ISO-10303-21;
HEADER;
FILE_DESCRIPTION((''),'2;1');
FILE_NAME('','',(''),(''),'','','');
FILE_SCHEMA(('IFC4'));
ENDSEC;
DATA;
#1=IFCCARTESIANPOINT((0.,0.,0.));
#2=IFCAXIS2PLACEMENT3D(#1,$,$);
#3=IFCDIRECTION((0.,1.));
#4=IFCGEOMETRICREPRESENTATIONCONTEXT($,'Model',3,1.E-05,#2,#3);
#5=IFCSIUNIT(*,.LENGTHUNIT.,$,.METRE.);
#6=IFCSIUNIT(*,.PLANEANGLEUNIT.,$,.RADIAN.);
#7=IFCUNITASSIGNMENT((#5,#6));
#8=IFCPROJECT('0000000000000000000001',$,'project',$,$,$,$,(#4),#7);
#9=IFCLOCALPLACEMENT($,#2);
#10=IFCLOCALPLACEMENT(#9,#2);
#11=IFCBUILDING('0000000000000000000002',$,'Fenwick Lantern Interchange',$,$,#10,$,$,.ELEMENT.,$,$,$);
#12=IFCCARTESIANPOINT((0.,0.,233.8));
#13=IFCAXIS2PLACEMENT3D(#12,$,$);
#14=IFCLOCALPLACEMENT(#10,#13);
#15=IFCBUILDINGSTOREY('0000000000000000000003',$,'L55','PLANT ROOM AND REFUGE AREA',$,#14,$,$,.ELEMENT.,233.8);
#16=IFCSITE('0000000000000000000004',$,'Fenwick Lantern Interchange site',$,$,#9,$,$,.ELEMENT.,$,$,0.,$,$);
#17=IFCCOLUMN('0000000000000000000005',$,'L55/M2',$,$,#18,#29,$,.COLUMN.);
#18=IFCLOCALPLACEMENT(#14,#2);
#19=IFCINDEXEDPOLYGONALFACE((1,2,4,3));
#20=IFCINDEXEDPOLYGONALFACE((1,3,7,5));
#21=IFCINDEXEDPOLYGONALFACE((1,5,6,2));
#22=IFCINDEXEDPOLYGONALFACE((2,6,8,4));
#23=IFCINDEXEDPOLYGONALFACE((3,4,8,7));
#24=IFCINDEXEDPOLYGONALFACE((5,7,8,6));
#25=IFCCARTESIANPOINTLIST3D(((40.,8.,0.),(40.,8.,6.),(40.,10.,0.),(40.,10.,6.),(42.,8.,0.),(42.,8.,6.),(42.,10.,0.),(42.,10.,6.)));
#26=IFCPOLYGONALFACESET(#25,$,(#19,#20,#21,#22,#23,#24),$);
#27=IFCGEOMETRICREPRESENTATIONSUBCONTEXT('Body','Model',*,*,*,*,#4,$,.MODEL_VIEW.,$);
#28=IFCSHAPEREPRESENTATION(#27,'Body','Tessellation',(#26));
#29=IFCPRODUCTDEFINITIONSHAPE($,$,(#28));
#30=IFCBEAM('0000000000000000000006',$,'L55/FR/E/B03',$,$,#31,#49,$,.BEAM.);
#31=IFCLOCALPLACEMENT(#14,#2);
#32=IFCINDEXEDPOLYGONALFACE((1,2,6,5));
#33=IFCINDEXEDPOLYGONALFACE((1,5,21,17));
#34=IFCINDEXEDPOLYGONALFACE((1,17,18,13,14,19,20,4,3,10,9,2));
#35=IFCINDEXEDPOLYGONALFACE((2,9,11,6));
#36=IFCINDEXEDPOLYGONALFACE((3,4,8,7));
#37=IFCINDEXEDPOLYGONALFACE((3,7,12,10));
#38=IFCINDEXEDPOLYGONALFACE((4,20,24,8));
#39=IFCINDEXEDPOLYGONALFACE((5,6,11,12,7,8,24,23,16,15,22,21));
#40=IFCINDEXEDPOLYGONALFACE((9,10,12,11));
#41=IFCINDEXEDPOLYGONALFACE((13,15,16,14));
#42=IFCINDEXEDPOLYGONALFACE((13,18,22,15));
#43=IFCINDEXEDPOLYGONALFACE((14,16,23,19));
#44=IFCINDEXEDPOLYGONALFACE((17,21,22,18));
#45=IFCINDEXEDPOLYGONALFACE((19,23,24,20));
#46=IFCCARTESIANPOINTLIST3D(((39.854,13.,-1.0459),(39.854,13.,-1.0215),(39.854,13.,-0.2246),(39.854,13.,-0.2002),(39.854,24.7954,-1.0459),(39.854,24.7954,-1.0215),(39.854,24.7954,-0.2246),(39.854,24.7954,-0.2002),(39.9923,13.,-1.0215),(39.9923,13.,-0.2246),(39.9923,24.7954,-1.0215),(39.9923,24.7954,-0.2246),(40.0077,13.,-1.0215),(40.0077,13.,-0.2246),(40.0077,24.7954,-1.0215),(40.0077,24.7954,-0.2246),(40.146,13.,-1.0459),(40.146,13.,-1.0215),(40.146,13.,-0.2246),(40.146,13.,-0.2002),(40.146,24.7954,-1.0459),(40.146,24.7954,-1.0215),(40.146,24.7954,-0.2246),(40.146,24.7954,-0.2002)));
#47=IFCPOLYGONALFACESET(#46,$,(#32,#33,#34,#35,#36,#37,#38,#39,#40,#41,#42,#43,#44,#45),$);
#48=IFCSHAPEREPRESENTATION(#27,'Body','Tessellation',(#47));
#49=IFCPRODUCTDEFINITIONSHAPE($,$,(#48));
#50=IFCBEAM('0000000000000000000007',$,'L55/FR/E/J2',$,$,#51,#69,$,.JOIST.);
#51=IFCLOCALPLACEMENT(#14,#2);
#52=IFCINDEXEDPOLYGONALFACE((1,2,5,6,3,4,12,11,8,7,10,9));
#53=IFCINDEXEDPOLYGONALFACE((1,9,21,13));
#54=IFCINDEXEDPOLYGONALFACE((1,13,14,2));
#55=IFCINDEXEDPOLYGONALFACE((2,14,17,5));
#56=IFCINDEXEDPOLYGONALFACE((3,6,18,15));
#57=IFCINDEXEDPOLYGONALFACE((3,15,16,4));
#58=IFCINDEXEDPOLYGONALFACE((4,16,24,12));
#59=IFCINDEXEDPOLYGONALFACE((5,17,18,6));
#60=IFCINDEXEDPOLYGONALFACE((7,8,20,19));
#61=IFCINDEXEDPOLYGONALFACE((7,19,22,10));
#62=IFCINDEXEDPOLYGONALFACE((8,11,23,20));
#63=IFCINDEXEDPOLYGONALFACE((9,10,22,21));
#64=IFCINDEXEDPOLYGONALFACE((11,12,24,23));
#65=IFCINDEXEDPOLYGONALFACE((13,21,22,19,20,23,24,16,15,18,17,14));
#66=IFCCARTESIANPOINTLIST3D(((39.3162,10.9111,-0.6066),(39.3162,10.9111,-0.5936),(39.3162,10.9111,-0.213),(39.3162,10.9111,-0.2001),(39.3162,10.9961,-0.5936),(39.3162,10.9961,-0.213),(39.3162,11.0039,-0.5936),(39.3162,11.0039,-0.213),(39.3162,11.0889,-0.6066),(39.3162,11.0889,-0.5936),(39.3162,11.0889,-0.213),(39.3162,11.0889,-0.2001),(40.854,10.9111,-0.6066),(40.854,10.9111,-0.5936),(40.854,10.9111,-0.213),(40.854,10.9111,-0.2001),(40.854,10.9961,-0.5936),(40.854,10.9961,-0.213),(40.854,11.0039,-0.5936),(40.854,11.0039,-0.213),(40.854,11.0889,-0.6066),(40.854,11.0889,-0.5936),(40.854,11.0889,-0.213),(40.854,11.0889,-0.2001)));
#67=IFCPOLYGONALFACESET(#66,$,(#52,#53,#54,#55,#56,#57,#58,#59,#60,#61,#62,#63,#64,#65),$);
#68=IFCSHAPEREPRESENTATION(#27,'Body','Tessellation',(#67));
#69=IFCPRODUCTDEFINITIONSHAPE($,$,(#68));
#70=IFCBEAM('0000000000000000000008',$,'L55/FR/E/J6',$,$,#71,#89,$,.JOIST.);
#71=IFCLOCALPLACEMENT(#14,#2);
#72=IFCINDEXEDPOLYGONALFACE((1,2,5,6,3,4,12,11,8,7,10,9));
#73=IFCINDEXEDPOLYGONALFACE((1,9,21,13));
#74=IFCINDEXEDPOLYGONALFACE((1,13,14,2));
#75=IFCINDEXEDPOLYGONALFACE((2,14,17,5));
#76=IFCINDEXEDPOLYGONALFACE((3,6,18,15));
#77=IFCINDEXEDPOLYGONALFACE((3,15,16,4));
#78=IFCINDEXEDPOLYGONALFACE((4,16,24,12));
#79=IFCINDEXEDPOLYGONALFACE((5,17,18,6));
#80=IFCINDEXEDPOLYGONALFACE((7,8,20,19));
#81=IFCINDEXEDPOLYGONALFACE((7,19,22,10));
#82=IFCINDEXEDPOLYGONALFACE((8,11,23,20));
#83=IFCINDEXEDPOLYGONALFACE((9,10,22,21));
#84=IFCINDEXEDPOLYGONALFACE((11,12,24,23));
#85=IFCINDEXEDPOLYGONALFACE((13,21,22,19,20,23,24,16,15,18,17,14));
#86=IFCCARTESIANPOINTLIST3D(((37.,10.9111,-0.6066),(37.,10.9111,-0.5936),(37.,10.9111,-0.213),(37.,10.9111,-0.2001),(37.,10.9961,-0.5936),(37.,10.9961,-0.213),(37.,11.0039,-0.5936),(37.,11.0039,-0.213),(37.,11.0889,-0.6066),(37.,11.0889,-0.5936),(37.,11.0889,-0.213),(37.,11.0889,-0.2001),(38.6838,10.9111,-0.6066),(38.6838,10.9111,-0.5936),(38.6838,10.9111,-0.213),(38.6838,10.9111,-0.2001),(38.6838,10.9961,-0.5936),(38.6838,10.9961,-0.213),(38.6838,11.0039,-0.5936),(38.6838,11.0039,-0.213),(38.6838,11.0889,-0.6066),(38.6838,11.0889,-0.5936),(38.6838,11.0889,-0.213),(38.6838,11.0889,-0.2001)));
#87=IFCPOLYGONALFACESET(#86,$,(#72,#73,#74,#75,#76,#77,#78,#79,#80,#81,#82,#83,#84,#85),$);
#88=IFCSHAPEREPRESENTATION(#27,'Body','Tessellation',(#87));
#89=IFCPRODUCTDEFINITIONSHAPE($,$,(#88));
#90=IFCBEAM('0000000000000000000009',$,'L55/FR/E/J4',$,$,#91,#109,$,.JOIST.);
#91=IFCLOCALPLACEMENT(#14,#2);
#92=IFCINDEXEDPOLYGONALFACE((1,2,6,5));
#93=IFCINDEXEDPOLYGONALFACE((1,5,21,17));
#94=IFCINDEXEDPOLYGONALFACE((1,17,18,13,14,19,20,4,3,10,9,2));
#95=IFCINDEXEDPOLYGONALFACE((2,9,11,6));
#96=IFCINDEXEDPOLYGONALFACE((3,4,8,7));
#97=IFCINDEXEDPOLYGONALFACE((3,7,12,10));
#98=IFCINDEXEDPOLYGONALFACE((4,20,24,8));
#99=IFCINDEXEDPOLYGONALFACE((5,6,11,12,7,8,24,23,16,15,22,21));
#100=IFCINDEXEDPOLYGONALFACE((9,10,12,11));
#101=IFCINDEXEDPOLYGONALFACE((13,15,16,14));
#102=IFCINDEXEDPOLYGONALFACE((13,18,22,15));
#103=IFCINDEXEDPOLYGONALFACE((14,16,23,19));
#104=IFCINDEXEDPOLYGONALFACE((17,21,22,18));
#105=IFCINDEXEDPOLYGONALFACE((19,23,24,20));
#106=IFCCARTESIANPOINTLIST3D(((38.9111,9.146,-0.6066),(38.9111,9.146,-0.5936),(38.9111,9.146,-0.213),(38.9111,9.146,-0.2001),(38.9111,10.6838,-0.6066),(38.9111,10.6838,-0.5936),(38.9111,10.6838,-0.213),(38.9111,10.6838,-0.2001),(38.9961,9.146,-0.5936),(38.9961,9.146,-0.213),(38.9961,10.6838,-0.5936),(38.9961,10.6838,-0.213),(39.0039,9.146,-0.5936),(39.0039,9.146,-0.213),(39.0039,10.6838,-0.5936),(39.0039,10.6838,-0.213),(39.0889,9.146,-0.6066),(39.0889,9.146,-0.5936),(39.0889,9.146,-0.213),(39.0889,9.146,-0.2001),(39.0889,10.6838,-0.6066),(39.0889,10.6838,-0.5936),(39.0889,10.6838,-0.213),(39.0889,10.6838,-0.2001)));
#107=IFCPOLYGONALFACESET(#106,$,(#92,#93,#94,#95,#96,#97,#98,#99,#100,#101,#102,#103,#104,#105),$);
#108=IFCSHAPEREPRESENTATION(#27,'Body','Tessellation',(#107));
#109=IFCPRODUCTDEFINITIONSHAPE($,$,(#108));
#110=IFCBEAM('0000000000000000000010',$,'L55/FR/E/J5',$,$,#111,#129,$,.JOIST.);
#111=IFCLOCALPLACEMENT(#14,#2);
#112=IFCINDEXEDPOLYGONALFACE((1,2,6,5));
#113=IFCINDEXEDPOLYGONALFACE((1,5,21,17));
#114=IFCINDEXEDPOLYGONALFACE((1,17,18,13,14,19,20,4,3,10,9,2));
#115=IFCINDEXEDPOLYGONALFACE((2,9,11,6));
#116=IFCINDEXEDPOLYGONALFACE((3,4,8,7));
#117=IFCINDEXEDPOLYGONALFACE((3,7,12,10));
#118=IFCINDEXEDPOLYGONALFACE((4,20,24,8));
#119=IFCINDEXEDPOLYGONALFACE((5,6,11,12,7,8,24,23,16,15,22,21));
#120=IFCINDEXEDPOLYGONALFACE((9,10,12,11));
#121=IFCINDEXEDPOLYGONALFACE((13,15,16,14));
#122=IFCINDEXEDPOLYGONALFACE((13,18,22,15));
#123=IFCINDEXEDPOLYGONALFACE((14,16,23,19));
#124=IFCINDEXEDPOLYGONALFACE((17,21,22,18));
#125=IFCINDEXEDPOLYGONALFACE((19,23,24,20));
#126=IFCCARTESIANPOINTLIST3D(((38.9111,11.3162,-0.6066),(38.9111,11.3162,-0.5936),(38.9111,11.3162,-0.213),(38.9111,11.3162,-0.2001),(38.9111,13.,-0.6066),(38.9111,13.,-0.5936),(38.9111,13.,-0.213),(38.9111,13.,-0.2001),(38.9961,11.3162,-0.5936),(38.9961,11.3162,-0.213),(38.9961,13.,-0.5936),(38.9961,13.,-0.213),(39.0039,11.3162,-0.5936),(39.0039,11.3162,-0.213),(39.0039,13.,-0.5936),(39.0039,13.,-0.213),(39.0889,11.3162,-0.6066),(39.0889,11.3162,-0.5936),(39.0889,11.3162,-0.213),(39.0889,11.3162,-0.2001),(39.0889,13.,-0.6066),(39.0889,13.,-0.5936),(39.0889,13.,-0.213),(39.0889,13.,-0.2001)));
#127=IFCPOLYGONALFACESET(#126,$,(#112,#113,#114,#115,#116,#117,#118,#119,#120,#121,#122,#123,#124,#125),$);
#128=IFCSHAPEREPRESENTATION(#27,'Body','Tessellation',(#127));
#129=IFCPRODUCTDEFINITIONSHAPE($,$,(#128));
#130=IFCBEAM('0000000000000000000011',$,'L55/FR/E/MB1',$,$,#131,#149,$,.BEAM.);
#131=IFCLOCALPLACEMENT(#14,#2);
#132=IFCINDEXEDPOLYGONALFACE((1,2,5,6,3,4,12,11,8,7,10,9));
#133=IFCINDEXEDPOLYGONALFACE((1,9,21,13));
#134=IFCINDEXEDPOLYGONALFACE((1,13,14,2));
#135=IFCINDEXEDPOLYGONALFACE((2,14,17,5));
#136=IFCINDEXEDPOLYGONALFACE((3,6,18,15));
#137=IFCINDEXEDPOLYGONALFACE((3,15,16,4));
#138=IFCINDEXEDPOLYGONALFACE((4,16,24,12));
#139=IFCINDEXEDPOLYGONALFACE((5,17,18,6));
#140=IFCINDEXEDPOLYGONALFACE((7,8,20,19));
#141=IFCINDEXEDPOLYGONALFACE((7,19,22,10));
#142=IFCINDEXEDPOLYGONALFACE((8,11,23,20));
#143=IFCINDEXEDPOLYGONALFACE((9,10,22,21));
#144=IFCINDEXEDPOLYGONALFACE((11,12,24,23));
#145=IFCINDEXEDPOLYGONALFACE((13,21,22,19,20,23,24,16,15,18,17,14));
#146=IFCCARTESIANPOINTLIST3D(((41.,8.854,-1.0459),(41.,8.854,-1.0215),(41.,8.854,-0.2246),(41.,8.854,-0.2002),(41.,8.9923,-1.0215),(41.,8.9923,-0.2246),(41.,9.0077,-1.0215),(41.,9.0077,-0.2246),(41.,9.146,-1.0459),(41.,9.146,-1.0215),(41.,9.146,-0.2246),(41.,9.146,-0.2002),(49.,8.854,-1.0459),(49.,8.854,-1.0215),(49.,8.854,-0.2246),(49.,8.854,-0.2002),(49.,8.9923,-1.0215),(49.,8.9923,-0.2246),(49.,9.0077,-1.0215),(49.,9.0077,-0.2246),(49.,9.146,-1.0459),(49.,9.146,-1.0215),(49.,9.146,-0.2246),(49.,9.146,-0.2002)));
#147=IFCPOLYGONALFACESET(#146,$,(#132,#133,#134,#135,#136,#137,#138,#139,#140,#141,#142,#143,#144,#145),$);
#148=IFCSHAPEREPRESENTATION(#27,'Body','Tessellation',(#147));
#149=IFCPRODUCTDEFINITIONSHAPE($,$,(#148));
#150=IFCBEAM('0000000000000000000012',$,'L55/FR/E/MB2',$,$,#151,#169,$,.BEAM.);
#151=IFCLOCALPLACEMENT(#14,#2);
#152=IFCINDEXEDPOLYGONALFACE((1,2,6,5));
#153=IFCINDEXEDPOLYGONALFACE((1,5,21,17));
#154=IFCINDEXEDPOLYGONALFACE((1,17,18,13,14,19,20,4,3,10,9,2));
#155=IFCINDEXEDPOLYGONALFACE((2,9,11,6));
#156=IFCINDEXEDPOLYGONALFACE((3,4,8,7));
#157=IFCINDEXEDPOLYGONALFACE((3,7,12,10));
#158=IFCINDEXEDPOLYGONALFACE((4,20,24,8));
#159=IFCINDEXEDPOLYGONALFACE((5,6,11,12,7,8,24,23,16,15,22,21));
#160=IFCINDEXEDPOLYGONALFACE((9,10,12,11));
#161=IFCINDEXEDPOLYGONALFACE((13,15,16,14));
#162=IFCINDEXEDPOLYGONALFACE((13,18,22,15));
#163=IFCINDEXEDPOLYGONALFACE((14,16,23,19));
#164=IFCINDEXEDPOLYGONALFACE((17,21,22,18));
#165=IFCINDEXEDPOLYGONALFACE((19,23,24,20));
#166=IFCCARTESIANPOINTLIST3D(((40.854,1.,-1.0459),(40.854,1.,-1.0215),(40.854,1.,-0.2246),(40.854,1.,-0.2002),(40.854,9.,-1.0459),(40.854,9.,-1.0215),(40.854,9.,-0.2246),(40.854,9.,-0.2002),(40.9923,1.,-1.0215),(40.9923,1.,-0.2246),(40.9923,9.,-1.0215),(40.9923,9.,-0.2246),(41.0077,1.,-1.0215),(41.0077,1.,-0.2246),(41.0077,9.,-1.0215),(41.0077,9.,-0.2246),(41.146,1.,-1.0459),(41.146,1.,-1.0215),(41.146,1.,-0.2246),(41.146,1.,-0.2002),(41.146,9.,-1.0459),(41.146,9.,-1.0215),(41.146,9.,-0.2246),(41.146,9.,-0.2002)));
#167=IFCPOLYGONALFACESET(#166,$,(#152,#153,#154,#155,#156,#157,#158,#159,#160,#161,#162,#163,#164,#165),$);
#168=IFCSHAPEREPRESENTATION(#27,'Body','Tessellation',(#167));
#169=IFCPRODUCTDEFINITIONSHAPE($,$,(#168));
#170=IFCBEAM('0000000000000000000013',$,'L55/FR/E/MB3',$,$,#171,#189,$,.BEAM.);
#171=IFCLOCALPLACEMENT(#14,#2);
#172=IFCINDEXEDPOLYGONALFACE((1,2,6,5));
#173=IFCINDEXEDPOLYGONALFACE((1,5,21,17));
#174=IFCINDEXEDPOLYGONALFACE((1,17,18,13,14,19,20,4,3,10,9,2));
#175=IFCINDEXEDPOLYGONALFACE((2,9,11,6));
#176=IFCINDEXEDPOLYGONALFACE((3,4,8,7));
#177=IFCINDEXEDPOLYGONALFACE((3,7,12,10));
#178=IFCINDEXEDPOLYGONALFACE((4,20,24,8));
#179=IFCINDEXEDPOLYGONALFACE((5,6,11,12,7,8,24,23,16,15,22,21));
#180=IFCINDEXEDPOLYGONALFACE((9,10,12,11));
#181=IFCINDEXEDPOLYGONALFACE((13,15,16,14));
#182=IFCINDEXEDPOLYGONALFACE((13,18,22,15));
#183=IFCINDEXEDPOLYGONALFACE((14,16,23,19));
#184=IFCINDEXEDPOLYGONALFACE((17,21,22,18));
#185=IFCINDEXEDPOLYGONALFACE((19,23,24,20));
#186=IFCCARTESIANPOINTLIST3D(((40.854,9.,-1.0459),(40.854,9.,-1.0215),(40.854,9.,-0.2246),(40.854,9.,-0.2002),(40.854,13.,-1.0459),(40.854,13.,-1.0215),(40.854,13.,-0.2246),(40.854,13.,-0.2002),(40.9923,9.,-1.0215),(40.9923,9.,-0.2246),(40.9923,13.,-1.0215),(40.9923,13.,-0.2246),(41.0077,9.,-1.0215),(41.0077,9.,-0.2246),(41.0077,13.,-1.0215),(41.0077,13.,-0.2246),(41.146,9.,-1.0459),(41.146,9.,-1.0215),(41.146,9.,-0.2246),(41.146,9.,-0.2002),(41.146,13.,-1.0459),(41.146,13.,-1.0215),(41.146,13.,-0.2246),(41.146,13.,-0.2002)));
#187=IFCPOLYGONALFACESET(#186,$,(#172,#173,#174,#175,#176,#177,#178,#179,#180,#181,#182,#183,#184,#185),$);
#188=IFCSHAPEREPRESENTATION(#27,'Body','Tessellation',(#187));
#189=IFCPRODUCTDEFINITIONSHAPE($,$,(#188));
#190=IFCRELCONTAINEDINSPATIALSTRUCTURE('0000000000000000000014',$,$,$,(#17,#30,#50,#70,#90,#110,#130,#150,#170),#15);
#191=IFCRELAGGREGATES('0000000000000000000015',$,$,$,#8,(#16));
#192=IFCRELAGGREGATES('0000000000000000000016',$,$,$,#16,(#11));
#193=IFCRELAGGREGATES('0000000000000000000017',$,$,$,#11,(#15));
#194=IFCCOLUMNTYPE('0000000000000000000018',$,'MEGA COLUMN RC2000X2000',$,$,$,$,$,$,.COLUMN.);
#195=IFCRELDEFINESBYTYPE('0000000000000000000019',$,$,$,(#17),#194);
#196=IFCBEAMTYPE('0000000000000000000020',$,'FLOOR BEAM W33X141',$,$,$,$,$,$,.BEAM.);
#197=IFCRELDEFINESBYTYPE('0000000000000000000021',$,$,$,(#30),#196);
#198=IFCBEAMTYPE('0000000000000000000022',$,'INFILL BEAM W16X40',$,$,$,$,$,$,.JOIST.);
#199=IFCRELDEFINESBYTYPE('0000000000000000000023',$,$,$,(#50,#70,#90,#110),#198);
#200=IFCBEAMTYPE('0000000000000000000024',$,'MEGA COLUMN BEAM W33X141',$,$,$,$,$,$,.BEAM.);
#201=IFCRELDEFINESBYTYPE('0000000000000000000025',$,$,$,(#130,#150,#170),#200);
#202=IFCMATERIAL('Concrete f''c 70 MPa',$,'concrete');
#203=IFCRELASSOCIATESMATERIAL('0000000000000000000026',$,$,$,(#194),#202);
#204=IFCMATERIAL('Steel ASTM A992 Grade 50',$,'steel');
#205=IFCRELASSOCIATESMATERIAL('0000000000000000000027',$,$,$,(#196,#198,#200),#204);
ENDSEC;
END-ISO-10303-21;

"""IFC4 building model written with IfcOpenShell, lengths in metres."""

from ifc_helpers import new_model, si_unit, direction, frame, origin, origin_2d, place, context, subcontext, project, spatial, rectangle, i_section, extrude, material, material_profile, profile_set, type_object, element, save


model = new_model("IFC4")

# Units and contexts
model_context = context("Model", 3, precision=1e-05, world=origin(), true_north=direction((0.0, 1.0)))
body_context = subcontext(model_context, "Body", "Model", "MODEL_VIEW")
ifc_project = project(units=[si_unit("LENGTHUNIT", "METRE"), si_unit("PLANEANGLEUNIT", "RADIAN")], contexts=[model_context])

# Site, building, storey
site_placement = place(None, origin())
site = spatial("IfcSite", under=ifc_project, at=site_placement, Name="Fenwick Lantern Interchange site", CompositionType="ELEMENT", RefElevation=0.0)
building_placement = place(site_placement, origin())
building = spatial("IfcBuilding", under=site, at=building_placement, Name="Fenwick Lantern Interchange", CompositionType="ELEMENT")
storey_placement = place(building_placement, frame((0.0, 0.0, 233.8)))
storey = spatial("IfcBuildingStorey", under=building, at=storey_placement, Name="L55", Description="PLANT ROOM AND REFUGE AREA", CompositionType="ELEMENT", Elevation=233.8)

# Column
ifc_material_1 = material(Name="Concrete f'c 70 MPa", Category="concrete")
ifc_material_profile_1 = material_profile(ifc_material_1, rectangle(XDim=2.0, YDim=2.0, at=origin_2d()), Name="RC2000X2000")
ifc_profile_set_1 = profile_set([ifc_material_profile_1], Name="Concrete f'c 70 MPa")
column_type = type_object("IfcColumnType", Name="MEGA COLUMN RC2000X2000", PredefinedType="COLUMN", material=ifc_profile_set_1)
column_placement = place(storey_placement, frame((41.0, 9.0, 0.0), z_axis=(0.0, 0.0, 1.0), x_axis=(1.0, 0.0, 0.0)))
element("IfcColumn", 1, at=column_placement, inside=storey, type_object=column_type, Name="L55/M2", PredefinedType="COLUMN", context=body_context, shape_type="SweptSolid", body=[
    extrude(rectangle(XDim=2.0, YDim=2.0, at=origin_2d()), origin(), (0.0, 0.0, 1.0), 6.0),
])

# Beams
ifc_material_2 = material(Name="Steel ASTM A992 Grade 50", Category="steel")
ifc_material_profile_2 = material_profile(ifc_material_2, i_section(OverallWidth=0.292, OverallDepth=0.8457, WebThickness=0.0154, FlangeThickness=0.0244, at=origin_2d()), Name="W33X141")
ifc_profile_set_2 = profile_set([ifc_material_profile_2], Name="Steel ASTM A992 Grade 50")
beam_type_1 = type_object("IfcBeamType", Name="FLOOR BEAM W33X141", PredefinedType="BEAM", material=ifc_profile_set_2)
beam_1_placement = place(storey_placement, frame((40.0, 13.0, -0.623), z_axis=(0.0, 1.0, 0.0), x_axis=(-1.0, 0.0, 0.0)))
element("IfcBeam", 2, at=beam_1_placement, inside=storey, type_object=beam_type_1, Name="L55/FR/E/B03", PredefinedType="BEAM", context=body_context, shape_type="SweptSolid", body=[
    extrude(i_section(OverallWidth=0.292, OverallDepth=0.8457, WebThickness=0.0154, FlangeThickness=0.0244, at=origin_2d()), origin(), (0.0, 0.0, 1.0), 11.7954),
])
ifc_material_profile_3 = material_profile(ifc_material_2, i_section(OverallWidth=0.1777, OverallDepth=0.4065, WebThickness=0.0078, FlangeThickness=0.0129, at=origin_2d()), Name="W16X40")
ifc_profile_set_3 = profile_set([ifc_material_profile_3], Name="Steel ASTM A992 Grade 50")
beam_type_2 = type_object("IfcBeamType", Name="INFILL BEAM W16X40", PredefinedType="JOIST", material=ifc_profile_set_3)
beam_2_placement = place(storey_placement, frame((40.854, 11.0, -0.4033), z_axis=(-1.0, 0.0, 0.0), x_axis=(0.0, -1.0, 0.0)))
element("IfcBeam", 3, at=beam_2_placement, inside=storey, type_object=beam_type_2, Name="L55/FR/E/J2", PredefinedType="JOIST", context=body_context, shape_type="SweptSolid", body=[
    extrude(i_section(OverallWidth=0.1777, OverallDepth=0.4065, WebThickness=0.0078, FlangeThickness=0.0129, at=origin_2d()), origin(), (0.0, 0.0, 1.0), 1.5378),
])
beam_3_placement = place(storey_placement, frame((38.6838, 11.0, -0.4033), z_axis=(-1.0, 0.0, 0.0), x_axis=(0.0, -1.0, 0.0)))
element("IfcBeam", 4, at=beam_3_placement, inside=storey, type_object=beam_type_2, Name="L55/FR/E/J6", PredefinedType="JOIST", context=body_context, shape_type="SweptSolid", body=[
    extrude(i_section(OverallWidth=0.1777, OverallDepth=0.4065, WebThickness=0.0078, FlangeThickness=0.0129, at=origin_2d()), origin(), (0.0, 0.0, 1.0), 1.6838),
])
beam_4_placement = place(storey_placement, frame((39.0, 9.146, -0.4033), z_axis=(0.0, 1.0, 0.0), x_axis=(-1.0, 0.0, 0.0)))
element("IfcBeam", 5, at=beam_4_placement, inside=storey, type_object=beam_type_2, Name="L55/FR/E/J4", PredefinedType="JOIST", context=body_context, shape_type="SweptSolid", body=[
    extrude(i_section(OverallWidth=0.1777, OverallDepth=0.4065, WebThickness=0.0078, FlangeThickness=0.0129, at=origin_2d()), origin(), (0.0, 0.0, 1.0), 1.5378),
])
beam_5_placement = place(storey_placement, frame((39.0, 11.3162, -0.4033), z_axis=(0.0, 1.0, 0.0), x_axis=(-1.0, 0.0, 0.0)))
element("IfcBeam", 6, at=beam_5_placement, inside=storey, type_object=beam_type_2, Name="L55/FR/E/J5", PredefinedType="JOIST", context=body_context, shape_type="SweptSolid", body=[
    extrude(i_section(OverallWidth=0.1777, OverallDepth=0.4065, WebThickness=0.0078, FlangeThickness=0.0129, at=origin_2d()), origin(), (0.0, 0.0, 1.0), 1.6838),
])
ifc_material_profile_4 = material_profile(ifc_material_2, i_section(OverallWidth=0.292, OverallDepth=0.8457, WebThickness=0.0154, FlangeThickness=0.0244, at=origin_2d()), Name="W33X141")
ifc_profile_set_4 = profile_set([ifc_material_profile_4], Name="Steel ASTM A992 Grade 50")
beam_type_3 = type_object("IfcBeamType", Name="MEGA COLUMN BEAM W33X141", PredefinedType="BEAM", material=ifc_profile_set_4)
for number, where, z_axis, x_axis, name in (
    (7, (41.0, 9.0, -0.623), (1.0, 0.0, 0.0), (0.0, 1.0, 0.0), "L55/FR/E/MB1"),
    (8, (41.0, 9.0, -0.623), (0.0, -1.0, 0.0), (1.0, 0.0, 0.0), "L55/FR/E/MB2"),
):
    element("IfcBeam", number, at=place(storey_placement, frame(where, z_axis=z_axis, x_axis=x_axis)), inside=storey, type_object=beam_type_3, Name=name, PredefinedType="BEAM", context=body_context, shape_type="SweptSolid", body=[
        extrude(i_section(OverallWidth=0.292, OverallDepth=0.8457, WebThickness=0.0154, FlangeThickness=0.0244, at=origin_2d()), origin(), (0.0, 0.0, 1.0), 8.0),
    ])
beam_6_placement = place(storey_placement, frame((41.0, 9.0, -0.623), z_axis=(0.0, 1.0, 0.0), x_axis=(-1.0, 0.0, 0.0)))
element("IfcBeam", 9, at=beam_6_placement, inside=storey, type_object=beam_type_3, Name="L55/FR/E/MB3", PredefinedType="BEAM", context=body_context, shape_type="SweptSolid", body=[
    extrude(i_section(OverallWidth=0.292, OverallDepth=0.8457, WebThickness=0.0154, FlangeThickness=0.0244, at=origin_2d()), origin(), (0.0, 0.0, 1.0), 4.0),
])

save(model, "model.ifc")
